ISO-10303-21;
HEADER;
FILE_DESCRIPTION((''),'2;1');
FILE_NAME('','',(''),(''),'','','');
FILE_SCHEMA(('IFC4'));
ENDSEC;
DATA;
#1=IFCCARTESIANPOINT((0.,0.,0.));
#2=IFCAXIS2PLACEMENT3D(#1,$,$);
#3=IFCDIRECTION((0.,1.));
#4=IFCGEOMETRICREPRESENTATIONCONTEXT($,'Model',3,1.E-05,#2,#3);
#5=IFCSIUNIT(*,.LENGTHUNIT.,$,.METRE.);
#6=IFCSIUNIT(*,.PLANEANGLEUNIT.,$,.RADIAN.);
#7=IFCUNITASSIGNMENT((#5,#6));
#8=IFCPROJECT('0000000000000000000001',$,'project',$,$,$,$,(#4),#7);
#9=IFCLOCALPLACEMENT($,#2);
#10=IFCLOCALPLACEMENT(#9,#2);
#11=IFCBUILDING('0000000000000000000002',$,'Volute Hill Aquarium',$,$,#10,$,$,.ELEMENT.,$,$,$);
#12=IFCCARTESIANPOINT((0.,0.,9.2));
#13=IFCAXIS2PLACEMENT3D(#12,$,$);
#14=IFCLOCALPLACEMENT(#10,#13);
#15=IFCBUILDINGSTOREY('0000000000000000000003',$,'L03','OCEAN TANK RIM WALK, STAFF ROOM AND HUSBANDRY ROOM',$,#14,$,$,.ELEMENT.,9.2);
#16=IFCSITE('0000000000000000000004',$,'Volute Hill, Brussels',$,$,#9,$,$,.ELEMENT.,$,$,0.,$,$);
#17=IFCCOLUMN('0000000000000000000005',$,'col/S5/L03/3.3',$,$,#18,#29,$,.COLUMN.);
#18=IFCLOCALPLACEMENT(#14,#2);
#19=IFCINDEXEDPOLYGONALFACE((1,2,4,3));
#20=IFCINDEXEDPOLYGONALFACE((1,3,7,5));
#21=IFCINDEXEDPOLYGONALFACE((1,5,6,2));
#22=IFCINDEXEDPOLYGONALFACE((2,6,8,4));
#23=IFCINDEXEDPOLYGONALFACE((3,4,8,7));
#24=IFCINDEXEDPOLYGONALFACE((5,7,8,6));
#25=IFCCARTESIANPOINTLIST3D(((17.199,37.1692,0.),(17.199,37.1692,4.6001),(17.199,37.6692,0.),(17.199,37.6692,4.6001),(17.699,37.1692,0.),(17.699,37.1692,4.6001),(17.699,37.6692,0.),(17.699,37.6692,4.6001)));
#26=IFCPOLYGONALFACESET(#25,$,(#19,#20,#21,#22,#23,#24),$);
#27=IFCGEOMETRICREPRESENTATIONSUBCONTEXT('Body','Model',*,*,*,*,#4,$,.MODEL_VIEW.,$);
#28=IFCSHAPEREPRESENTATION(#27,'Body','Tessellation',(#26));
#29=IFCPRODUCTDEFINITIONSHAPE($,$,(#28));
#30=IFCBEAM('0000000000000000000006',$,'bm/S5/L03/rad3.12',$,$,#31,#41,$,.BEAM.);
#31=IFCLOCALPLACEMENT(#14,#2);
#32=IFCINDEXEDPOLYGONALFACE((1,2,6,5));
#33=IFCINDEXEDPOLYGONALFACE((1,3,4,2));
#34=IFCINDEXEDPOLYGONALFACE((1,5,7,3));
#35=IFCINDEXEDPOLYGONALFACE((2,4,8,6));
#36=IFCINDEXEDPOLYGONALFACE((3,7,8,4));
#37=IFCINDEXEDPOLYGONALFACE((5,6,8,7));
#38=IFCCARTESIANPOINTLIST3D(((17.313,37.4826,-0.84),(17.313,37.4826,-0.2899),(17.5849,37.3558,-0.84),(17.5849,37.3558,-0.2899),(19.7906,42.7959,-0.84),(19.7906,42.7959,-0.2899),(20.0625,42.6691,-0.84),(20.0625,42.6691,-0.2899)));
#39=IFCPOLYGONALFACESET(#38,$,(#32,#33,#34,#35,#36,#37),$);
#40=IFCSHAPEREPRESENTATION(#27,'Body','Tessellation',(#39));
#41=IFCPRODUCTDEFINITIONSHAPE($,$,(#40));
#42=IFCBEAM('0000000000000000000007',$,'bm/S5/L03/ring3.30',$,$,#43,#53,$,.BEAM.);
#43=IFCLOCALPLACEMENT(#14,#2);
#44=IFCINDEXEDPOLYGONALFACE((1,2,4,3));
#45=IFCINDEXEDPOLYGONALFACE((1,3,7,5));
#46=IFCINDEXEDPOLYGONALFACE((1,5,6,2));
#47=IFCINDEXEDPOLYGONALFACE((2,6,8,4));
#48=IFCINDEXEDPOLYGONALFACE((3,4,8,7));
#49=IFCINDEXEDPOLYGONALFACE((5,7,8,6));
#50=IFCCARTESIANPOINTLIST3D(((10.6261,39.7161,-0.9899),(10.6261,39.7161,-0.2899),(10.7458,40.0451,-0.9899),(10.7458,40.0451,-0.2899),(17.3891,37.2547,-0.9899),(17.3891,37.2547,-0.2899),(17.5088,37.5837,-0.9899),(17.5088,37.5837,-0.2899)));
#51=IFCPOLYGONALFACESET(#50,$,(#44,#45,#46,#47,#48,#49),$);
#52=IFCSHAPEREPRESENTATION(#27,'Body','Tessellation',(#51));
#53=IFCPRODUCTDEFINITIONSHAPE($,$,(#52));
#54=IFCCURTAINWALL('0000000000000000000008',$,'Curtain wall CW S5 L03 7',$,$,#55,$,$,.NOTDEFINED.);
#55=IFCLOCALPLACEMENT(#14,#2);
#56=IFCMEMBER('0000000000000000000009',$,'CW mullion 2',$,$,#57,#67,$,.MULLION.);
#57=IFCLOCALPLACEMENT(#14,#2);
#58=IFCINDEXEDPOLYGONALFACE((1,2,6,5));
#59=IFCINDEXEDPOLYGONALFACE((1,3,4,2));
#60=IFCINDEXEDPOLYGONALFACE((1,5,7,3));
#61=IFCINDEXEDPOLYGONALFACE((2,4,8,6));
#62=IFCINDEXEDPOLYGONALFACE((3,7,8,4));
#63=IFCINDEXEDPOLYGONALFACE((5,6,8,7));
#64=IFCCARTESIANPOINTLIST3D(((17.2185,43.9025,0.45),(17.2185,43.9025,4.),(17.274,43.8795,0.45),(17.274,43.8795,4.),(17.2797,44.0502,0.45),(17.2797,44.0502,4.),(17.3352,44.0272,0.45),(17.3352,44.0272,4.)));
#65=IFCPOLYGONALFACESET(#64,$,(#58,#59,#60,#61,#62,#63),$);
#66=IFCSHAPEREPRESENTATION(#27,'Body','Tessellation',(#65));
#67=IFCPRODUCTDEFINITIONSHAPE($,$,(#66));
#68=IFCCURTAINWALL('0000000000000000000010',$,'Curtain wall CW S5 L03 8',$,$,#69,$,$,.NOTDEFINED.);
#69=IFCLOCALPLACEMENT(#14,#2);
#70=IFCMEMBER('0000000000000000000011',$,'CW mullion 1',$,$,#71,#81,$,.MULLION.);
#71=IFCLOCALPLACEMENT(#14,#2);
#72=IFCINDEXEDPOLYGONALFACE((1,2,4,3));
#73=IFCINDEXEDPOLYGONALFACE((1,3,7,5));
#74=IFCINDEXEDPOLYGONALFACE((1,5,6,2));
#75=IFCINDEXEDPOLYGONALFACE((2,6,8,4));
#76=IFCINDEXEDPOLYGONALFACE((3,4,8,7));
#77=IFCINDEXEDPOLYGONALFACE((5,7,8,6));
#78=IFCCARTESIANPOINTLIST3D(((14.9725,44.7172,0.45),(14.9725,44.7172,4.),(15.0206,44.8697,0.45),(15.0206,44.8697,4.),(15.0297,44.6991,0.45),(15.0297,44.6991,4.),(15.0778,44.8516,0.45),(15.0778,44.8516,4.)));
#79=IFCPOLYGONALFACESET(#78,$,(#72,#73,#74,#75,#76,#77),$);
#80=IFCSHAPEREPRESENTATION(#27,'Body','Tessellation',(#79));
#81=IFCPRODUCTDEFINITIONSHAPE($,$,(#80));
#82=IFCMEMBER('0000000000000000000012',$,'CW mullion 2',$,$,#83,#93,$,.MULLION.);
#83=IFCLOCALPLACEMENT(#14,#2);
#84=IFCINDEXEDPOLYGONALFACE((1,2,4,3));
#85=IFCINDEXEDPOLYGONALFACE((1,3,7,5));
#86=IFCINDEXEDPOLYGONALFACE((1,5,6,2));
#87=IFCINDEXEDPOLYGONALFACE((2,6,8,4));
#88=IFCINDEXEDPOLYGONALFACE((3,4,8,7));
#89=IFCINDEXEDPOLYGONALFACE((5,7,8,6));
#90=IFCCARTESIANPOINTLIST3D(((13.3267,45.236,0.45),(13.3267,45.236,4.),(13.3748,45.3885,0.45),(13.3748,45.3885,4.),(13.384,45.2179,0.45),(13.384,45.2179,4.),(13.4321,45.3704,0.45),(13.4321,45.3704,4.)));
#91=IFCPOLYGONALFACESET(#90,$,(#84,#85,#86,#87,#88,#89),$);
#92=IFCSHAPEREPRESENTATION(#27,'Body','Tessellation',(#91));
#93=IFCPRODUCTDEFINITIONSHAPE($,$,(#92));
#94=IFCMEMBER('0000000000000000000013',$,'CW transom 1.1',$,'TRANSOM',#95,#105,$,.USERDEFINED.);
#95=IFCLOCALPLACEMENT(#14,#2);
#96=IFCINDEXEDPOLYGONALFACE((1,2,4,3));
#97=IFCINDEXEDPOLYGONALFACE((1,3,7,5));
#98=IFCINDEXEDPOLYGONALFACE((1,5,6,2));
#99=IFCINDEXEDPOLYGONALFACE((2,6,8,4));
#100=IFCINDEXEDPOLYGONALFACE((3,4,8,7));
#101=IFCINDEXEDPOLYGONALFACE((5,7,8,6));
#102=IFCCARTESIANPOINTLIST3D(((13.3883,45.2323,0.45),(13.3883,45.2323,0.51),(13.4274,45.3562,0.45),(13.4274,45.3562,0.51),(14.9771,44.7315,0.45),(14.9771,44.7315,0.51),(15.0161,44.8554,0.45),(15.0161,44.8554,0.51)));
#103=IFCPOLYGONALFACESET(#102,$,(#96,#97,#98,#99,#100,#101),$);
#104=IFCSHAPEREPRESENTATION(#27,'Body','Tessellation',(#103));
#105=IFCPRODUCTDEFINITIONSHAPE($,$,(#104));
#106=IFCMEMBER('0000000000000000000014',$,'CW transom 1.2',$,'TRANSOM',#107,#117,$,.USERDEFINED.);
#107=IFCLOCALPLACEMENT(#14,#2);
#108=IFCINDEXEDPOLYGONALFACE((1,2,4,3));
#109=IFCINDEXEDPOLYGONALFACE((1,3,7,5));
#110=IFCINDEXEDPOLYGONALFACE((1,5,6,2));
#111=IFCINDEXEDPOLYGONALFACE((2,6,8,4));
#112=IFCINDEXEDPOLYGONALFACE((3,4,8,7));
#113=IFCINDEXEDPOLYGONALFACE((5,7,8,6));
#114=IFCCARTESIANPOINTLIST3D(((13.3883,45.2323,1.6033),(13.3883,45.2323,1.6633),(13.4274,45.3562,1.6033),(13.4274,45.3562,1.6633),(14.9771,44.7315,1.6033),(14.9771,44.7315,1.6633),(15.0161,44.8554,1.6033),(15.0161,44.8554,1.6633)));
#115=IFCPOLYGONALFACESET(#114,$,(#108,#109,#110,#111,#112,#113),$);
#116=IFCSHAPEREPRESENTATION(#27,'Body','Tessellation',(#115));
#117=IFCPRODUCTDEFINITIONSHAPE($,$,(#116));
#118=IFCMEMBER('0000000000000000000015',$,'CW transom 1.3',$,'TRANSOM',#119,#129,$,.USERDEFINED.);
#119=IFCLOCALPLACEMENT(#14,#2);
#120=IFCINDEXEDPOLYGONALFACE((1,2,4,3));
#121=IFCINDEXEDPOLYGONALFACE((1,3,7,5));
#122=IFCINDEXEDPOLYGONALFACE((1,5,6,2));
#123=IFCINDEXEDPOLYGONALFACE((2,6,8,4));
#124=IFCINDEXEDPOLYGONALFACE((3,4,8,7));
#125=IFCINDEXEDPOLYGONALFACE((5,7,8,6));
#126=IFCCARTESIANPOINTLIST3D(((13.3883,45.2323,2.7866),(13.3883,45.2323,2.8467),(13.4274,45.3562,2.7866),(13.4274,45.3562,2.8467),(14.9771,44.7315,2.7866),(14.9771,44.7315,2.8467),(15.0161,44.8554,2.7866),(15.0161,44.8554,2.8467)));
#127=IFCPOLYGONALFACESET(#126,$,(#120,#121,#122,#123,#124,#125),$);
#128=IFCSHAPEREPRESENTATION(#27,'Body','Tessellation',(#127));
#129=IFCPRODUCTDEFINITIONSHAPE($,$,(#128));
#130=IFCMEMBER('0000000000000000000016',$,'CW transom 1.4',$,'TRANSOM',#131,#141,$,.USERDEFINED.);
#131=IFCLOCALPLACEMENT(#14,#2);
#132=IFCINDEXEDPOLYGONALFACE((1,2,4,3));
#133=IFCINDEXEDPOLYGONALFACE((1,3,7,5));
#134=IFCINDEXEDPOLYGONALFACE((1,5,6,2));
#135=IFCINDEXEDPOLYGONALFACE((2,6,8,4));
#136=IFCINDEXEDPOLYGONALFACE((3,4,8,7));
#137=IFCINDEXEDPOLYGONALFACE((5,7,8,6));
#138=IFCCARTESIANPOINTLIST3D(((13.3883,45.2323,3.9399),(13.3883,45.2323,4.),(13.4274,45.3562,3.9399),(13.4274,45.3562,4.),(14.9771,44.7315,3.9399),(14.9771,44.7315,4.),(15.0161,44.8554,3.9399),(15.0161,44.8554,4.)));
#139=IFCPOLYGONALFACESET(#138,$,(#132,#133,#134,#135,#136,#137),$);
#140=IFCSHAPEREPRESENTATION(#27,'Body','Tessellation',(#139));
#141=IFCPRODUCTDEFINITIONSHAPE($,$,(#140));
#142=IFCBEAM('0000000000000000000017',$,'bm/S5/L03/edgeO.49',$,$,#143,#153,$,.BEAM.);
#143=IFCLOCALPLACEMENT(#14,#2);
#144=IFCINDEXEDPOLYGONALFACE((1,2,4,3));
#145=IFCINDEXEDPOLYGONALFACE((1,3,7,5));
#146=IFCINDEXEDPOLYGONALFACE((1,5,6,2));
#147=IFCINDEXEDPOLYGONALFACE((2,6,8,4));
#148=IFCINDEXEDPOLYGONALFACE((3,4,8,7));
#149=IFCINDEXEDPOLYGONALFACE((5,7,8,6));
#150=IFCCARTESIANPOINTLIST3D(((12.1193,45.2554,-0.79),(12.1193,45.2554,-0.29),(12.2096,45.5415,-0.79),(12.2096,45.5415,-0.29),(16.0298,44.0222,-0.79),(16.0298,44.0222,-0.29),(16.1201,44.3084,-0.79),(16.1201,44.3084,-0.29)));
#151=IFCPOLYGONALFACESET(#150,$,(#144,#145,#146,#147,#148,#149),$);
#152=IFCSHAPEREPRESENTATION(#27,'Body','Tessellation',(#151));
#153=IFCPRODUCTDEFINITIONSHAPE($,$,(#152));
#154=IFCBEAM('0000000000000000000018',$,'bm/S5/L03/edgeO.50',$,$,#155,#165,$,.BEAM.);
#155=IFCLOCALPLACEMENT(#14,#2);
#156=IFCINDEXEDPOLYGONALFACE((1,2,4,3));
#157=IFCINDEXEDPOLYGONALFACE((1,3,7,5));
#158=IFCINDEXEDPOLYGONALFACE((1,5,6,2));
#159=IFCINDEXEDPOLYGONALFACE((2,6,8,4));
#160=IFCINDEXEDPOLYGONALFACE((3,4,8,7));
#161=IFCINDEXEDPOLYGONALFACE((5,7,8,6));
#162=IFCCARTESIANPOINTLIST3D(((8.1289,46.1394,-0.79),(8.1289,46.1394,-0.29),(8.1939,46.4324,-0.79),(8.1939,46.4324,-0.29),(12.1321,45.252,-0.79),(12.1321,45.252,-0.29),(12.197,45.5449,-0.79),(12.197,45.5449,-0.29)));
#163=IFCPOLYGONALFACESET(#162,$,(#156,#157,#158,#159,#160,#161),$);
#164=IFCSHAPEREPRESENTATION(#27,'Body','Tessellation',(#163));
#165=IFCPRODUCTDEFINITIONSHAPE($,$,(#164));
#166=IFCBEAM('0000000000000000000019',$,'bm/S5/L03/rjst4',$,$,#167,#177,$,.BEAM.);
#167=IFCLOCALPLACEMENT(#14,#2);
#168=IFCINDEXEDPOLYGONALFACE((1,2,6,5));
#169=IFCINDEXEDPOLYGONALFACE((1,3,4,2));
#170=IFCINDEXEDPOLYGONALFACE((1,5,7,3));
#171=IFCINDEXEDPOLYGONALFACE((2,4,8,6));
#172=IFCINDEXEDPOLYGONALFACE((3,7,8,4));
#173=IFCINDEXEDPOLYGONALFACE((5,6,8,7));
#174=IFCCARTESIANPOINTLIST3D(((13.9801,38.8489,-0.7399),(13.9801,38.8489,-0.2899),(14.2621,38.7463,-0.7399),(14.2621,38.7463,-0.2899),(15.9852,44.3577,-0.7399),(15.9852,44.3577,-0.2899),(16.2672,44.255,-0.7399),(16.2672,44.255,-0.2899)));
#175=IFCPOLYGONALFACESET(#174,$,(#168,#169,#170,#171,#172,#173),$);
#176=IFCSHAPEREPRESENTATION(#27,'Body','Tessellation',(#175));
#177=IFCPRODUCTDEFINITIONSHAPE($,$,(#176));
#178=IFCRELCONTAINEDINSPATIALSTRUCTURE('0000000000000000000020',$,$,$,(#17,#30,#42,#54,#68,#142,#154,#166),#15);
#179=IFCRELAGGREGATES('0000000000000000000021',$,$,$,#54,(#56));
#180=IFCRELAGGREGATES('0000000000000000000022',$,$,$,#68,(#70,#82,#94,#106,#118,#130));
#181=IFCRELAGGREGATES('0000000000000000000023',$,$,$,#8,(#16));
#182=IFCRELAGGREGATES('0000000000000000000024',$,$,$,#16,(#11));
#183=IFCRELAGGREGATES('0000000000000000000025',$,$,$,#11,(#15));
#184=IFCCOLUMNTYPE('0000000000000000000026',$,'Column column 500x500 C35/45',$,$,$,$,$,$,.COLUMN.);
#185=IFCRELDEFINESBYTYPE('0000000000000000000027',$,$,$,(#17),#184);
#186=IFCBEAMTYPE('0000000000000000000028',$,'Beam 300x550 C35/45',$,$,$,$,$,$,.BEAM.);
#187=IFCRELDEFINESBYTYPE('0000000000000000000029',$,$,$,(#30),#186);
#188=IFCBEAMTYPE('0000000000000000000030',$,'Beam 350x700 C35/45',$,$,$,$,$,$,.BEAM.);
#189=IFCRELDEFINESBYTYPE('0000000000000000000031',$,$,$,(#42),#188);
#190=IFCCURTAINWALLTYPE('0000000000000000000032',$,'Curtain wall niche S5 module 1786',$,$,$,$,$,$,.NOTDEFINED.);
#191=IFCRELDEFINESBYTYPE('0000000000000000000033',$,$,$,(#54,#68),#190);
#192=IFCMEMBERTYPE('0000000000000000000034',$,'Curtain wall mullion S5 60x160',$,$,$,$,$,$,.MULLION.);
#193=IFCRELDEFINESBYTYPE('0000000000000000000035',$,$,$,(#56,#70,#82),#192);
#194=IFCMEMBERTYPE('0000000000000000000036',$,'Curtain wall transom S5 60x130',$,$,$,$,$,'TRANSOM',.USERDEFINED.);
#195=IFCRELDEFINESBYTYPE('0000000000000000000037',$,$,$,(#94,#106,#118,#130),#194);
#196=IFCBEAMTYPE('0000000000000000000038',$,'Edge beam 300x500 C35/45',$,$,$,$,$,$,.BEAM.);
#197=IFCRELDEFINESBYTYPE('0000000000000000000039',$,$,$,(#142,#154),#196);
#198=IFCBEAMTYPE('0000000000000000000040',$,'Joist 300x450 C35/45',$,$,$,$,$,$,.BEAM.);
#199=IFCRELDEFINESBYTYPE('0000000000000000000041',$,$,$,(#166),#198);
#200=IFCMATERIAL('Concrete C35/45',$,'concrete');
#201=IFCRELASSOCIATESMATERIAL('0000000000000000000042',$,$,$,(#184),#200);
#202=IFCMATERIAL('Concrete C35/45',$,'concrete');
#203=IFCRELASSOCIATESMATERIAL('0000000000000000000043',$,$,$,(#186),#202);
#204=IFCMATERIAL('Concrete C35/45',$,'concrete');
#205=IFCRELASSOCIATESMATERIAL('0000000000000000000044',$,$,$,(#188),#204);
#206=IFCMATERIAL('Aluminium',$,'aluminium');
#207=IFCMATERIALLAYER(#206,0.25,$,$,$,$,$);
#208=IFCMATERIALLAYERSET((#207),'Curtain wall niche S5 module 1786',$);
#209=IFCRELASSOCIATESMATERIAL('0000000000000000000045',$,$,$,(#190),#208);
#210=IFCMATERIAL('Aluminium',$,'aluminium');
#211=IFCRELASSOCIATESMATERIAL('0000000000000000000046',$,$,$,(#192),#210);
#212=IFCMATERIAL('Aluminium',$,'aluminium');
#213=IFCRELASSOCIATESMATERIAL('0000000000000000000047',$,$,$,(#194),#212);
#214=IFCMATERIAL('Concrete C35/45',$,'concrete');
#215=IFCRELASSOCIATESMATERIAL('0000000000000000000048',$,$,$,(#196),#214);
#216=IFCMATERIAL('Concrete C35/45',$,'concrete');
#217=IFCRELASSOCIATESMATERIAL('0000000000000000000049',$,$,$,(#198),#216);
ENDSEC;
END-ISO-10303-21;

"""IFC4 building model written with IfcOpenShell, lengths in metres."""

from ifc_helpers import new_model, si_unit, direction, frame, origin, origin_2d, place, context, subcontext, project, spatial, rectangle, extrude, material, layer, layer_set, material_profile, profile_set, type_object, element, aggregate, save


model = new_model("IFC4")

# Units and contexts
model_context = context("Model", 3, precision=1e-05, world=origin(), true_north=direction((0.0, 1.0)))
body_context = subcontext(model_context, "Body", "Model", "MODEL_VIEW")
ifc_project = project(units=[si_unit("LENGTHUNIT", "METRE"), si_unit("PLANEANGLEUNIT", "RADIAN")], contexts=[model_context])

# Site, building, storey
site_placement = place(None, origin())
site = spatial("IfcSite", under=ifc_project, at=site_placement, Name="Volute Hill, Brussels", CompositionType="ELEMENT", RefElevation=0.0)
building_placement = place(site_placement, origin())
building = spatial("IfcBuilding", under=site, at=building_placement, Name="Volute Hill Aquarium", CompositionType="ELEMENT")
storey_placement = place(building_placement, frame((0.0, 0.0, 9.2)))
storey = spatial("IfcBuildingStorey", under=building, at=storey_placement, Name="L03", Description="OCEAN TANK RIM WALK, STAFF ROOM AND HUSBANDRY ROOM", CompositionType="ELEMENT", Elevation=9.2)

# Column
ifc_material_1 = material(Name="Concrete C35/45", Category="concrete")
ifc_material_profile_1 = material_profile(ifc_material_1, rectangle(XDim=0.5, YDim=0.5, at=origin_2d()), Name="RC column 500x500")
ifc_profile_set_1 = profile_set([ifc_material_profile_1], Name="Concrete C35/45")
column_type = type_object("IfcColumnType", Name="Column column 500x500 C35/45", PredefinedType="COLUMN", material=ifc_profile_set_1)
column_placement = place(storey_placement, frame((17.449, 37.4192, 0.0), z_axis=(0.0, 0.0, 1.0), x_axis=(1.0, 0.0, 0.0)))
element("IfcColumn", 1, at=column_placement, inside=storey, type_object=column_type, Name="col/S5/L03/3.3", PredefinedType="COLUMN", context=body_context, shape_type="SweptSolid", body=[
    extrude(rectangle(XDim=0.5, YDim=0.5, at=origin_2d()), origin(), (0.0, 0.0, 1.0), 4.6001),
])

# Beams
ifc_material_2 = material(Name="Concrete C35/45", Category="concrete")
ifc_material_profile_2 = material_profile(ifc_material_2, rectangle(XDim=0.3, YDim=0.55, at=origin_2d()), Name="RC beam 300x550")
ifc_profile_set_2 = profile_set([ifc_material_profile_2], Name="Concrete C35/45")
beam_type_1 = type_object("IfcBeamType", Name="Beam 300x550 C35/45", PredefinedType="BEAM", material=ifc_profile_set_2)
beam_1_placement = place(storey_placement, frame((17.449, 37.4192, -0.5649), z_axis=(0.42261, 0.906312, 0.0), x_axis=(-0.906312, 0.42261, 0.0)))
element("IfcBeam", 2, at=beam_1_placement, inside=storey, type_object=beam_type_1, Name="bm/S5/L03/rad3.12", PredefinedType="BEAM", context=body_context, shape_type="SweptSolid", body=[
    extrude(rectangle(XDim=0.3, YDim=0.55, at=origin_2d()), origin(), (0.0, 0.0, 1.0), 5.8625),
])
ifc_material_3 = material(Name="Concrete C35/45", Category="concrete")
ifc_material_profile_3 = material_profile(ifc_material_3, rectangle(XDim=0.3501, YDim=0.7, at=origin_2d()), Name="RC beam 350x700")
ifc_profile_set_3 = profile_set([ifc_material_profile_3], Name="Concrete C35/45")
beam_type_2 = type_object("IfcBeamType", Name="Beam 350x700 C35/45", PredefinedType="BEAM", material=ifc_profile_set_3)
beam_2_placement = place(storey_placement, frame((17.449, 37.4192, -0.6399), z_axis=(-0.939696, 0.34201, 0.0), x_axis=(-0.34201, -0.939696, 0.0)))
element("IfcBeam", 3, at=beam_2_placement, inside=storey, type_object=beam_type_2, Name="bm/S5/L03/ring3.30", PredefinedType="BEAM", context=body_context, shape_type="SweptSolid", body=[
    extrude(rectangle(XDim=0.3501, YDim=0.7, at=origin_2d()), origin(), (0.0, 0.0, 1.0), 7.197),
])

# Curtain wall, member
ifc_material_4 = material(Name="Aluminium", Category="aluminium")
ifc_layer_1 = layer(ifc_material_4, 0.25)
ifc_layer_set_1 = layer_set([ifc_layer_1], Name="Curtain wall niche S5 module 1786")
curtain_wall_type = type_object("IfcCurtainWallType", Name="Curtain wall niche S5 module 1786", PredefinedType="NOTDEFINED", material=ifc_layer_set_1)
curtain_wall_1_placement = place(storey_placement, origin())
curtain_wall_1 = element("IfcCurtainWall", 4, at=curtain_wall_1_placement, inside=storey, type_object=curtain_wall_type, Name="Curtain wall CW S5 L03 7", PredefinedType="NOTDEFINED")
ifc_material_5 = material(Name="Aluminium", Category="aluminium")
ifc_material_profile_4 = material_profile(ifc_material_5, rectangle(XDim=0.1599, YDim=0.0601, at=origin_2d()), Name="Curtain wall mullion S5 60x160")
ifc_profile_set_4 = profile_set([ifc_material_profile_4], Name="Aluminium")
member_type_1 = type_object("IfcMemberType", Name="Curtain wall mullion S5 60x160", PredefinedType="MULLION", material=ifc_profile_set_4)
member_1_placement = place(storey_placement, frame((17.2769, 43.9648, 0.45), z_axis=(0.0, 0.0, 1.0), x_axis=(-0.382686, -0.923878, 0.0)))
member_1 = element("IfcMember", 5, at=member_1_placement, type_object=member_type_1, Name="CW mullion 2", PredefinedType="MULLION", context=body_context, shape_type="SweptSolid", body=[
    extrude(rectangle(XDim=0.1599, YDim=0.0601, at=origin_2d()), origin(), (0.0, 0.0, 1.0), 3.55),
])
aggregate(curtain_wall_1, [member_1])

# Curtain wall, members
curtain_wall_2_placement = place(storey_placement, origin())
curtain_wall_2 = element("IfcCurtainWall", 6, at=curtain_wall_2_placement, inside=storey, type_object=curtain_wall_type, Name="Curtain wall CW S5 L03 8", PredefinedType="NOTDEFINED")
member_2_placement = place(storey_placement, frame((15.0251, 44.7844, 0.45), z_axis=(0.0, 0.0, 1.0), x_axis=(-0.300704, -0.953718, 0.0)))
member_2 = element("IfcMember", 7, at=member_2_placement, type_object=member_type_1, Name="CW mullion 1", PredefinedType="MULLION", context=body_context, shape_type="SweptSolid", body=[
    extrude(rectangle(XDim=0.1599, YDim=0.0601, at=origin_2d()), origin(), (0.0, 0.0, 1.0), 3.55),
])
member_3_placement = place(storey_placement, frame((13.3794, 45.3032, 0.45), z_axis=(0.0, 0.0, 1.0), x_axis=(-0.300704, -0.953718, 0.0)))
member_3 = element("IfcMember", 8, at=member_3_placement, type_object=member_type_1, Name="CW mullion 2", PredefinedType="MULLION", context=body_context, shape_type="SweptSolid", body=[
    extrude(rectangle(XDim=0.1599, YDim=0.0601, at=origin_2d()), origin(), (0.0, 0.0, 1.0), 3.55),
])
ifc_material_6 = material(Name="Aluminium", Category="aluminium")
ifc_material_profile_5 = material_profile(ifc_material_6, rectangle(XDim=0.1299, YDim=0.0601, at=origin_2d()), Name="Curtain wall transom S5 60x130")
ifc_profile_set_5 = profile_set([ifc_material_profile_5], Name="Aluminium")
member_type_2 = type_object("IfcMemberType", Name="Curtain wall transom S5 60x130", ElementType="TRANSOM", PredefinedType="USERDEFINED", material=ifc_profile_set_5)
member_4_placement = place(storey_placement, frame((14.9966, 44.7935, 0.48), z_axis=(-0.953744, 0.300619, 0.0), x_axis=(-0.300619, -0.953744, 0.0)))
member_4 = element("IfcMember", 9, at=member_4_placement, type_object=member_type_2, Name="CW transom 1.1", ObjectType="TRANSOM", PredefinedType="USERDEFINED", context=body_context, shape_type="SweptSolid", body=[
    extrude(rectangle(XDim=0.1299, YDim=0.0601, at=origin_2d()), origin(), (0.0, 0.0, 1.0), 1.6658),
])
member_5_placement = place(storey_placement, frame((14.9966, 44.7935, 1.6333), z_axis=(-0.953744, 0.300619, 0.0), x_axis=(-0.300619, -0.953744, 0.0)))
member_5 = element("IfcMember", 10, at=member_5_placement, type_object=member_type_2, Name="CW transom 1.2", ObjectType="TRANSOM", PredefinedType="USERDEFINED", context=body_context, shape_type="SweptSolid", body=[
    extrude(rectangle(XDim=0.1299, YDim=0.0601, at=origin_2d()), origin(), (0.0, 0.0, 1.0), 1.6658),
])
member_6_placement = place(storey_placement, frame((14.9966, 44.7935, 2.8167), z_axis=(-0.953744, 0.300619, 0.0), x_axis=(-0.300619, -0.953744, 0.0)))
member_6 = element("IfcMember", 11, at=member_6_placement, type_object=member_type_2, Name="CW transom 1.3", ObjectType="TRANSOM", PredefinedType="USERDEFINED", context=body_context, shape_type="SweptSolid", body=[
    extrude(rectangle(XDim=0.1299, YDim=0.0601, at=origin_2d()), origin(), (0.0, 0.0, 1.0), 1.6658),
])
member_7_placement = place(storey_placement, frame((14.9966, 44.7935, 3.97), z_axis=(-0.953744, 0.300619, 0.0), x_axis=(-0.300619, -0.953744, 0.0)))
member_7 = element("IfcMember", 12, at=member_7_placement, type_object=member_type_2, Name="CW transom 1.4", ObjectType="TRANSOM", PredefinedType="USERDEFINED", context=body_context, shape_type="SweptSolid", body=[
    extrude(rectangle(XDim=0.1299, YDim=0.0601, at=origin_2d()), origin(), (0.0, 0.0, 1.0), 1.6658),
])

# Beams
ifc_material_7 = material(Name="Concrete C35/45", Category="concrete")
ifc_material_profile_6 = material_profile(ifc_material_7, rectangle(XDim=0.3, YDim=0.5, at=origin_2d()), Name="RC edge beam 300x500")
ifc_profile_set_6 = profile_set([ifc_material_profile_6], Name="Concrete C35/45")
beam_type_3 = type_object("IfcBeamType", Name="Edge beam 300x500 C35/45", PredefinedType="BEAM", material=ifc_profile_set_6)
for number, where, z_axis, x_axis, name in (
    (13, (16.075, 44.1653, -0.54), (-0.953702, 0.300752, 0.0), (-0.300752, -0.953702, 0.0), "bm/S5/L03/edgeO.49"),
    (14, (12.1646, 45.3984, -0.54), (-0.976298, 0.216432, 0.0), (-0.216432, -0.976298, 0.0), "bm/S5/L03/edgeO.50"),
):
    element("IfcBeam", number, at=place(storey_placement, frame(where, z_axis=z_axis, x_axis=x_axis)), inside=storey, type_object=beam_type_3, Name=name, PredefinedType="BEAM", context=body_context, shape_type="SweptSolid", body=[
        extrude(rectangle(XDim=0.3, YDim=0.5, at=origin_2d()), origin(), (0.0, 0.0, 1.0), 4.1003),
    ])
ifc_material_8 = material(Name="Concrete C35/45", Category="concrete")
ifc_material_profile_7 = material_profile(ifc_material_8, rectangle(XDim=0.3, YDim=0.45, at=origin_2d()), Name="RC joist 300x450")
ifc_profile_set_7 = profile_set([ifc_material_profile_7], Name="Concrete C35/45")
beam_type_4 = type_object("IfcBeamType", Name="Joist 300x450 C35/45", PredefinedType="BEAM", material=ifc_profile_set_7)
beam_3_placement = place(storey_placement, frame((14.1211, 38.7976, -0.5149), z_axis=(0.342034, 0.939688, 0.0), x_axis=(-0.939688, 0.342034, 0.0)))
element("IfcBeam", 15, at=beam_3_placement, inside=storey, type_object=beam_type_4, Name="bm/S5/L03/rjst4", PredefinedType="BEAM", context=body_context, shape_type="SweptSolid", body=[
    extrude(rectangle(XDim=0.3, YDim=0.45, at=origin_2d()), origin(), (0.0, 0.0, 1.0), 5.8623),
])

aggregate(curtain_wall_2, [member_2, member_3, member_4, member_5, member_6, member_7])

save(model, "model.ifc")
